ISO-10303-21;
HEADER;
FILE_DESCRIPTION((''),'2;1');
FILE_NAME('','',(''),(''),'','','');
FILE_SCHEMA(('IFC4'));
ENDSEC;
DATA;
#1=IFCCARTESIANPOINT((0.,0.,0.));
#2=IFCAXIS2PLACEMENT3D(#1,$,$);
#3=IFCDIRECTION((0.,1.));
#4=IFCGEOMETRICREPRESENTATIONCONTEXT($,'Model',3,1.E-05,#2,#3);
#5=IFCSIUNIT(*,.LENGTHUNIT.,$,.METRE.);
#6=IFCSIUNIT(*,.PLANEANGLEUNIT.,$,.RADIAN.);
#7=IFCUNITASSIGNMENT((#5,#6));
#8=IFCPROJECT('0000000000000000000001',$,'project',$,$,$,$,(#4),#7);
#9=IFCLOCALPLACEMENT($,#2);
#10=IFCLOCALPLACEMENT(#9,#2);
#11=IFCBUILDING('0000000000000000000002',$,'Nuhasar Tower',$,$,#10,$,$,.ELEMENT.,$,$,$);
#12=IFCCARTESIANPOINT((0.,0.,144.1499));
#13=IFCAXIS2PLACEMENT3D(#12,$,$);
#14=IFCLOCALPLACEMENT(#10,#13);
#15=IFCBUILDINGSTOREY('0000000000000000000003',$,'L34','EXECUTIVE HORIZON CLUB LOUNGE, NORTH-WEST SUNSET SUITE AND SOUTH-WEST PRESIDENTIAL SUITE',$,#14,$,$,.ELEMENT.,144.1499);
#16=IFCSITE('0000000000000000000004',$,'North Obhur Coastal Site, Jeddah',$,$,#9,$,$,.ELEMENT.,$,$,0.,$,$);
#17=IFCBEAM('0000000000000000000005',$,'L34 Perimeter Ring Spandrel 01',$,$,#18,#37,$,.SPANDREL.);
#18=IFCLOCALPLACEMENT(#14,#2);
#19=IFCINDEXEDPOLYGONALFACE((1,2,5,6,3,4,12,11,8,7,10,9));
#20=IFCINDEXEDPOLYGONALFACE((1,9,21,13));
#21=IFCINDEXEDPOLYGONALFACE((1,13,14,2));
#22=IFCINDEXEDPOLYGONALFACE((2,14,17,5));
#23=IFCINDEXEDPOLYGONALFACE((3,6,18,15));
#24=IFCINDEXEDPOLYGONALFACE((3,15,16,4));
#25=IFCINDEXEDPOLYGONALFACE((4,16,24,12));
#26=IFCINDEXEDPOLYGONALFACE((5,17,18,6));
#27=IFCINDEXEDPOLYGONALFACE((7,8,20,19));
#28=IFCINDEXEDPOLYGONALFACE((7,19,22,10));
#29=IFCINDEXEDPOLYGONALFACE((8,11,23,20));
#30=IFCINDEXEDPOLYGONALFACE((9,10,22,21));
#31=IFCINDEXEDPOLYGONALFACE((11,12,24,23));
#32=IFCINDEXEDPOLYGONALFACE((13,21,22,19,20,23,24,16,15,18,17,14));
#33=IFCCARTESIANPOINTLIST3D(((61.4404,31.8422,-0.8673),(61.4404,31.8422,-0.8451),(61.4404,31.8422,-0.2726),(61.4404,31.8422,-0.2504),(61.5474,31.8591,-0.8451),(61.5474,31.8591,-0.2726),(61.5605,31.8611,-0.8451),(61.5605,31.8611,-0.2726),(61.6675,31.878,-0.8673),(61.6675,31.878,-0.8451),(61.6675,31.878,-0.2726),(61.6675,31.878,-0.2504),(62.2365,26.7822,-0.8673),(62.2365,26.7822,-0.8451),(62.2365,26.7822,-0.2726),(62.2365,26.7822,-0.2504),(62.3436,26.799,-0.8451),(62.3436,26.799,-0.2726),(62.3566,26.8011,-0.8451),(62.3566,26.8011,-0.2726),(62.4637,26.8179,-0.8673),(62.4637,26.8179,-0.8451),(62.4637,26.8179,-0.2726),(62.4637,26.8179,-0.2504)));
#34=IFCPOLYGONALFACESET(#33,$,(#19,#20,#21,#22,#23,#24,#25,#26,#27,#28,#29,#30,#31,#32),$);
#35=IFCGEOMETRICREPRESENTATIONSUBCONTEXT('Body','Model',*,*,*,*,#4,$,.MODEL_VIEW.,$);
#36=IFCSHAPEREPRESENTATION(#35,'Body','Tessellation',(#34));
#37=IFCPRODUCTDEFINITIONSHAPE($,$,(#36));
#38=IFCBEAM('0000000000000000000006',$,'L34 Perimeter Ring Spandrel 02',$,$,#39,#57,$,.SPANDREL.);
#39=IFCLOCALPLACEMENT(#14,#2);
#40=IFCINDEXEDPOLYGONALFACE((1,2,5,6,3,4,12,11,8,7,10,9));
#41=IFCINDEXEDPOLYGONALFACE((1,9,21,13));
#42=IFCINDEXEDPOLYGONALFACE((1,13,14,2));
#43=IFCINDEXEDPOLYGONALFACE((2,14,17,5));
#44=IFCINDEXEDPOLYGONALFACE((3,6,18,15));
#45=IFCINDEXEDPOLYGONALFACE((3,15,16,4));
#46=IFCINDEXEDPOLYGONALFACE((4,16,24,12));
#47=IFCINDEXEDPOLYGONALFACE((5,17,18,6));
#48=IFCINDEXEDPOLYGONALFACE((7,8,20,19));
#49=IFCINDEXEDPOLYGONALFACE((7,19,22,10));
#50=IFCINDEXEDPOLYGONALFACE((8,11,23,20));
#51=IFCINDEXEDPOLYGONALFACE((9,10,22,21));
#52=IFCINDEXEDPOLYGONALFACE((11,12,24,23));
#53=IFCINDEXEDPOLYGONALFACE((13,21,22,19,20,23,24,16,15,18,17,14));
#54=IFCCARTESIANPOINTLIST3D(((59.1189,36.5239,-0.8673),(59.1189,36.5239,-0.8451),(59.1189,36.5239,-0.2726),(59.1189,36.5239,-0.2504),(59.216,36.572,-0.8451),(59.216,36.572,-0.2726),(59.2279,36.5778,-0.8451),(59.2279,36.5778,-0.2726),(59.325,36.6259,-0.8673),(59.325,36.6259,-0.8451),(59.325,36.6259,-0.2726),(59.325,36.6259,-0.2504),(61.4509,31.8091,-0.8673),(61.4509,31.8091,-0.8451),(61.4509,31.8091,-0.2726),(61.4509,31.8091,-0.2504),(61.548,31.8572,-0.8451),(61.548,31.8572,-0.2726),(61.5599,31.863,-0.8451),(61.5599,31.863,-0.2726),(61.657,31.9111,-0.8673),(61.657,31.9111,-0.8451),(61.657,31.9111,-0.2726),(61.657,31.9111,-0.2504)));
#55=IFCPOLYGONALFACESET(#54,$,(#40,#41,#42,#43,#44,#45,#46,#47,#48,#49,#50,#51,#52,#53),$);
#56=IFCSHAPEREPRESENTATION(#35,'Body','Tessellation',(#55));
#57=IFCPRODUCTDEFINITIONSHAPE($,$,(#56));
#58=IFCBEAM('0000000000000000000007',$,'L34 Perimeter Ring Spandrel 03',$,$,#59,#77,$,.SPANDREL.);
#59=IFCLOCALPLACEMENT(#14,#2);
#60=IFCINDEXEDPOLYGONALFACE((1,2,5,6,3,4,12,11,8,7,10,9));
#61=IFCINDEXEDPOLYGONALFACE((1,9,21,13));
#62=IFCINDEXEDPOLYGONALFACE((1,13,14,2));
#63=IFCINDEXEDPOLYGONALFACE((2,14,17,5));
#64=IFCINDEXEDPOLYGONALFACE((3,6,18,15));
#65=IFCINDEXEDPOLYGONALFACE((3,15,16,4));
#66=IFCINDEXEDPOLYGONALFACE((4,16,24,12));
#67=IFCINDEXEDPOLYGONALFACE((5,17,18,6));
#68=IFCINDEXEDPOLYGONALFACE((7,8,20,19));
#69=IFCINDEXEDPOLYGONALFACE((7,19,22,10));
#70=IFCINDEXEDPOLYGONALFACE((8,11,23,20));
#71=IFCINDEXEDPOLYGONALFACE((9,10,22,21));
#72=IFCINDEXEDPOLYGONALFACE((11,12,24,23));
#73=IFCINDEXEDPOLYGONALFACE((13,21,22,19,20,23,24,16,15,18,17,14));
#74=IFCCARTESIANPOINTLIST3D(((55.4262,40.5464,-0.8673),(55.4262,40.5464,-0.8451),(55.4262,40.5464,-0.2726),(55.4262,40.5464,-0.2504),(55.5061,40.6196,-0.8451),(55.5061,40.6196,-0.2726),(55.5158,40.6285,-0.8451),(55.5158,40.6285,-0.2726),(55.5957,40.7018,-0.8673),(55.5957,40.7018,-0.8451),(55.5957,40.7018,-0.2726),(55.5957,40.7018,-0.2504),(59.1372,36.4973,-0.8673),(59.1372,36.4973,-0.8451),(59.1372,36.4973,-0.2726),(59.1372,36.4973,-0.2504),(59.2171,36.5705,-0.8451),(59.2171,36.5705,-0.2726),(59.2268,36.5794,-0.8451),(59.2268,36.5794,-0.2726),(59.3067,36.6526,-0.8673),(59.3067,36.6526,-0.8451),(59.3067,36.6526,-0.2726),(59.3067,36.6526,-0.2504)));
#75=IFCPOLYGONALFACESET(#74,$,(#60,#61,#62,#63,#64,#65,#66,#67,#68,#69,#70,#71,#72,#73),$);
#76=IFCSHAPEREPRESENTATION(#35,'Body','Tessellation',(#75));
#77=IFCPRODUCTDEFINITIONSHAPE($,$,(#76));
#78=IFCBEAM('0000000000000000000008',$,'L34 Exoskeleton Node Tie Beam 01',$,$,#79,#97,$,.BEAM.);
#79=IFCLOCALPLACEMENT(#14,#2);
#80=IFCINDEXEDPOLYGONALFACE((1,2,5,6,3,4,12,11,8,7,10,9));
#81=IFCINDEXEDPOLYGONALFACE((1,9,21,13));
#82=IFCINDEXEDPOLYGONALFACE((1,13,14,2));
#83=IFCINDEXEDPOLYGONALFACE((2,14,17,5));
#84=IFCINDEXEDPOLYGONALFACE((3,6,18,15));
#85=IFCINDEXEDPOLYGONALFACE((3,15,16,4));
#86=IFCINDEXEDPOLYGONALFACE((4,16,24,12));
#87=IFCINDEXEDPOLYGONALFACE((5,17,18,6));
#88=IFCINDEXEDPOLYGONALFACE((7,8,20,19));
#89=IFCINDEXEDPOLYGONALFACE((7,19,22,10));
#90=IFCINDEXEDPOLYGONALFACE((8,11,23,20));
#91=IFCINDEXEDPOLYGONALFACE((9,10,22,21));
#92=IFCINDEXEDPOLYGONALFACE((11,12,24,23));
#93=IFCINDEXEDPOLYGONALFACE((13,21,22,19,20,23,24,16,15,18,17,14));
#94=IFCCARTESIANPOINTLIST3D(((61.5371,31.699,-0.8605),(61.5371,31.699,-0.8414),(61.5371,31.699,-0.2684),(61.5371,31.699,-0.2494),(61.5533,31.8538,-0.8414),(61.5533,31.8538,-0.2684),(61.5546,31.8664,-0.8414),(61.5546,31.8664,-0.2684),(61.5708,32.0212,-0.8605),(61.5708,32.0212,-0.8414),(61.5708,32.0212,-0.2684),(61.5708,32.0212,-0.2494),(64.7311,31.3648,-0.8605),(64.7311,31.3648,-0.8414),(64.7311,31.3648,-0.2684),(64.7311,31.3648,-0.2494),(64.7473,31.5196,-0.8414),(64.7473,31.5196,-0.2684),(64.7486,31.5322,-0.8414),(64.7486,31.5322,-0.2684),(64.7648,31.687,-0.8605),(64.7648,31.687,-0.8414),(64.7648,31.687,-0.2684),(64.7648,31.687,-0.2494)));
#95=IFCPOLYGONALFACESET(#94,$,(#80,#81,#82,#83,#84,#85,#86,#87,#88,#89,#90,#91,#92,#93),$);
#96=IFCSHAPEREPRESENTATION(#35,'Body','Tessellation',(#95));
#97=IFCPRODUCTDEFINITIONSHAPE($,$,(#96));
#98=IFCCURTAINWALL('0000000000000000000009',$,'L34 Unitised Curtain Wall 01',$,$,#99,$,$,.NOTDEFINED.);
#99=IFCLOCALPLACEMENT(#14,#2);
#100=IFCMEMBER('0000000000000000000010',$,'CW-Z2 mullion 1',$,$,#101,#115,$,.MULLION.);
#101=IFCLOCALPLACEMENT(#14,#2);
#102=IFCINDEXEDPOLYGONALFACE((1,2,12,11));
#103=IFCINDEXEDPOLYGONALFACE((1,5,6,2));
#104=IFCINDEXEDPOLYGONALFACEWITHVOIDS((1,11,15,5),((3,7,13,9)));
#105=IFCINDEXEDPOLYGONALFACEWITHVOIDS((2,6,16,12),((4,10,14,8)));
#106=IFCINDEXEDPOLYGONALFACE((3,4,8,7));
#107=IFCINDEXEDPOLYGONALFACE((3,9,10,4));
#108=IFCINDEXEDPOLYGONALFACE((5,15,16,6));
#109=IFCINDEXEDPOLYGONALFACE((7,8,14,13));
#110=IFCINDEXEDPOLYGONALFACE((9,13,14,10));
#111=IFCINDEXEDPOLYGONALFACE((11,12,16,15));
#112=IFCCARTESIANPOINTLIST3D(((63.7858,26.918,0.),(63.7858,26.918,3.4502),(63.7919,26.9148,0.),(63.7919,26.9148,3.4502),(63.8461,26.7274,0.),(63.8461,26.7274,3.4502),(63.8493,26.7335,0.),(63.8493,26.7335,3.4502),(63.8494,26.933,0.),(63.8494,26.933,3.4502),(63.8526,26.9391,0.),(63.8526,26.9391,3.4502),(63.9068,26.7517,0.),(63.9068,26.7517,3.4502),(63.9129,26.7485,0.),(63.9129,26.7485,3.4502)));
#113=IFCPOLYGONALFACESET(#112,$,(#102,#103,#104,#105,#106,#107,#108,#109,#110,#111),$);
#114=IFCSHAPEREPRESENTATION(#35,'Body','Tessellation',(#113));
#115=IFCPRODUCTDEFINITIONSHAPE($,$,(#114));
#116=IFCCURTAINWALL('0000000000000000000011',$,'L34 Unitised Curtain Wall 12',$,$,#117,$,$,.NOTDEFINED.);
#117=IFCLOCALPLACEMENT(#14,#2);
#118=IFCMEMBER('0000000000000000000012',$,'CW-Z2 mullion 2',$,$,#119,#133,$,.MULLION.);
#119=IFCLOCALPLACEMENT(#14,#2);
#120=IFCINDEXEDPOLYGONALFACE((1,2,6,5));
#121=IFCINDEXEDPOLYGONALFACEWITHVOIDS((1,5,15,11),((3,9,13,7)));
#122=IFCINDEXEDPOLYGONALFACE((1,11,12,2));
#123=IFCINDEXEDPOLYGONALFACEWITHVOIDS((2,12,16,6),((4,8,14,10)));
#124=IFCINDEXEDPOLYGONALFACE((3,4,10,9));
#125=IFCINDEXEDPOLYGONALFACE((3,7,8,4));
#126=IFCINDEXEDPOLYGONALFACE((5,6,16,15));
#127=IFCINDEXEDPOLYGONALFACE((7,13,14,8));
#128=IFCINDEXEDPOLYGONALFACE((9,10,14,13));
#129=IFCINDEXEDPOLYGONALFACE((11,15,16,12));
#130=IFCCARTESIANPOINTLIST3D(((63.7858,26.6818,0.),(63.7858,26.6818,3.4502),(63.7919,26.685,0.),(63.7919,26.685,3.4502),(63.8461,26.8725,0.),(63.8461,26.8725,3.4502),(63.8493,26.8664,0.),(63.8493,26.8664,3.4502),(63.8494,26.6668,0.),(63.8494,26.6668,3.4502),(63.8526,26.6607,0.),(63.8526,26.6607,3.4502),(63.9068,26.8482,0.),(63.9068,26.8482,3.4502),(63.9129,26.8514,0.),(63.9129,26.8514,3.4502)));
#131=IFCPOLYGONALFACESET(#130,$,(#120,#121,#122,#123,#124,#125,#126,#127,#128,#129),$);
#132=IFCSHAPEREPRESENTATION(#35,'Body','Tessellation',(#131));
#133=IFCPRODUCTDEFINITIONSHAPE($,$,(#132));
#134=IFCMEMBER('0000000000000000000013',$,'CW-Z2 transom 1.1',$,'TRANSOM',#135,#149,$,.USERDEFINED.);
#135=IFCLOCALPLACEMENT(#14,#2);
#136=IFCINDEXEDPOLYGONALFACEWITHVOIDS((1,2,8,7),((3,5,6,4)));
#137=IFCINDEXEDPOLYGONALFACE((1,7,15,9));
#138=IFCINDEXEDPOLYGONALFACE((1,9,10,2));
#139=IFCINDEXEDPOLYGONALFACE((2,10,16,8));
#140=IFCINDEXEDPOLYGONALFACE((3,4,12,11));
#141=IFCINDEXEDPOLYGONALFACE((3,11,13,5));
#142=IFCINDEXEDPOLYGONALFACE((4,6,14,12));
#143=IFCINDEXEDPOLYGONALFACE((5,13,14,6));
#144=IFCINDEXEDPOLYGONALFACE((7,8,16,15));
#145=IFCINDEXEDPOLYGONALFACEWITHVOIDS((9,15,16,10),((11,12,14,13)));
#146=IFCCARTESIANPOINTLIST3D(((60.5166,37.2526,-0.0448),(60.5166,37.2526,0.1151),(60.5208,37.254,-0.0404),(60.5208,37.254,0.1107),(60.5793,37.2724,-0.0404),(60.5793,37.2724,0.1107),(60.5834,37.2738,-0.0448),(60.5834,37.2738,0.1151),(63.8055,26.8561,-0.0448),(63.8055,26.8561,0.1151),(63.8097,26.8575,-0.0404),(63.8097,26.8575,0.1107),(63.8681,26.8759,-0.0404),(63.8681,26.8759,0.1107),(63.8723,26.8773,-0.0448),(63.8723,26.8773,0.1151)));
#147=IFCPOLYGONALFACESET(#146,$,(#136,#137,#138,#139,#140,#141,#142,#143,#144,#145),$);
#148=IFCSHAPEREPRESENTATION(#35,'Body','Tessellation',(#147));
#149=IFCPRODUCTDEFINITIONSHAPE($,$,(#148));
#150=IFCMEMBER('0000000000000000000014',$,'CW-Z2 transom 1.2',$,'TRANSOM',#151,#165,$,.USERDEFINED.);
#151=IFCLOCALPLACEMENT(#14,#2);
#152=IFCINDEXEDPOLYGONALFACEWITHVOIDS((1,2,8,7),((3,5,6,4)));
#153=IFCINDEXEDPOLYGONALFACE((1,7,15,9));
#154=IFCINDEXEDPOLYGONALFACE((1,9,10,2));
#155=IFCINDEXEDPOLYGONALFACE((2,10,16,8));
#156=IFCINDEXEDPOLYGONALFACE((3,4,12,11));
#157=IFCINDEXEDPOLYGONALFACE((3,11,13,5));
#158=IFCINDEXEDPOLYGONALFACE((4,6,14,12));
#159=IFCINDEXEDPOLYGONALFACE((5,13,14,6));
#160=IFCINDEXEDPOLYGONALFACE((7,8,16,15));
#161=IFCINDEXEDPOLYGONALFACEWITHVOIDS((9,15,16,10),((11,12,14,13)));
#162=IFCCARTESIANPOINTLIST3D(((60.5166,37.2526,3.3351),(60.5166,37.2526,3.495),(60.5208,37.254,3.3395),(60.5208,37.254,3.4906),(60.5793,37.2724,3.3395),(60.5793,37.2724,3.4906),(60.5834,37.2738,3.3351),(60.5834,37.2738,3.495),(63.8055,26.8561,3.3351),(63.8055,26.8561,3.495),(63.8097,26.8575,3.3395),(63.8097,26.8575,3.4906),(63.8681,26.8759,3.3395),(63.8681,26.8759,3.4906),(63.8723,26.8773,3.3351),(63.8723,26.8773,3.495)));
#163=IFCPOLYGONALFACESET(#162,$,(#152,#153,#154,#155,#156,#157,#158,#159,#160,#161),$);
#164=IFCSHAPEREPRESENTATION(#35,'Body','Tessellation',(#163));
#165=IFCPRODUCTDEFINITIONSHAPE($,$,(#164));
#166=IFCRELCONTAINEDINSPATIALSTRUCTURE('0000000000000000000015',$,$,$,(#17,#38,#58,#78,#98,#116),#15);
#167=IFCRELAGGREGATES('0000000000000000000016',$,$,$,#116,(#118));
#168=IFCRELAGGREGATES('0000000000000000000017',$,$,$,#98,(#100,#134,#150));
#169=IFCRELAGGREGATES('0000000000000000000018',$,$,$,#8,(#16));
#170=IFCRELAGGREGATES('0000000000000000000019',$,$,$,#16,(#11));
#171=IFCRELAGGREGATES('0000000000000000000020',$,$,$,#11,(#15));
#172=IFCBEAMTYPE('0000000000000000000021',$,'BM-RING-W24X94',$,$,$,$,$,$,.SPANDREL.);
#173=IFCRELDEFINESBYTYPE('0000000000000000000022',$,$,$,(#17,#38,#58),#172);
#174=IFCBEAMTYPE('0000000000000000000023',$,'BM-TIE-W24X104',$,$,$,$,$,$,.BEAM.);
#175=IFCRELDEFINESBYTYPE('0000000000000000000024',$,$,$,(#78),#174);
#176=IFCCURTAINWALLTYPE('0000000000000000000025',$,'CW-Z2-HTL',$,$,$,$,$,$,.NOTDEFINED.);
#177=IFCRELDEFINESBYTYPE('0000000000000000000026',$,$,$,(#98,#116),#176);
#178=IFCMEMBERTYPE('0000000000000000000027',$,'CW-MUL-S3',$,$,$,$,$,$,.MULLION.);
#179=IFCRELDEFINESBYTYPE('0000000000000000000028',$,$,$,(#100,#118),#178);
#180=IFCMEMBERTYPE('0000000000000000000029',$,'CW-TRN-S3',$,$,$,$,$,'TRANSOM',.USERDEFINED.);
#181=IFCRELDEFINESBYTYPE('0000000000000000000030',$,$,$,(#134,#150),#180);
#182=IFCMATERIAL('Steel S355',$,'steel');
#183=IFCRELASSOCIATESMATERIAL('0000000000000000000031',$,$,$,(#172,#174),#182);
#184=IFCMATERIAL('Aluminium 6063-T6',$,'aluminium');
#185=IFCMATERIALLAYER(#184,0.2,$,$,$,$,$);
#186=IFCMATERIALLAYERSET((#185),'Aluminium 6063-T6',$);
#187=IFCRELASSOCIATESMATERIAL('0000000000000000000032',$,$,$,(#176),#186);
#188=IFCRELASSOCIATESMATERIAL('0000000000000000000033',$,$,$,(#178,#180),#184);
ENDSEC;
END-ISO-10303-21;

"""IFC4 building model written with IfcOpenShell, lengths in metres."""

from ifc_helpers import new_model, si_unit, direction, frame, origin, origin_2d, place, context, subcontext, project, spatial, hollow_rectangle, i_section, extrude, material, layer, layer_set, material_profile, profile_set, type_object, element, aggregate, save


model = new_model("IFC4")

# Units and contexts
model_context = context("Model", 3, precision=1e-05, world=origin(), true_north=direction((0.0, 1.0)))
body_context = subcontext(model_context, "Body", "Model", "MODEL_VIEW")
ifc_project = project(units=[si_unit("LENGTHUNIT", "METRE"), si_unit("PLANEANGLEUNIT", "RADIAN")], contexts=[model_context])

# Site, building, storey
site_placement = place(None, origin())
site = spatial("IfcSite", under=ifc_project, at=site_placement, Name="North Obhur Coastal Site, Jeddah", CompositionType="ELEMENT", RefElevation=0.0)
building_placement = place(site_placement, origin())
building = spatial("IfcBuilding", under=site, at=building_placement, Name="Nuhasar Tower", CompositionType="ELEMENT")
storey_placement = place(building_placement, frame((0.0, 0.0, 144.1499)))
storey = spatial("IfcBuildingStorey", under=building, at=storey_placement, Name="L34", Description="EXECUTIVE HORIZON CLUB LOUNGE, NORTH-WEST SUNSET SUITE AND SOUTH-WEST PRESIDENTIAL SUITE", CompositionType="ELEMENT", Elevation=144.1499)

# Beams
ifc_material_1 = material(Name="Steel S355", Category="steel")
ifc_material_profile_1 = material_profile(ifc_material_1, i_section(OverallWidth=0.23, OverallDepth=0.6169, WebThickness=0.0132, FlangeThickness=0.0222, at=origin_2d()), Name="W24X94")
ifc_profile_set_1 = profile_set([ifc_material_profile_1], Name="Steel S355")
beam_type_1 = type_object("IfcBeamType", Name="BM-RING-W24X94", PredefinedType="SPANDREL", material=ifc_profile_set_1)
beam_1_placement = place(storey_placement, frame((62.3501, 26.8, -0.5588), z_axis=(-0.155427, 0.987847, 0.0), x_axis=(-0.987847, -0.155427, 0.0)))
element("IfcBeam", 1, at=beam_1_placement, inside=storey, type_object=beam_type_1, Name="L34 Perimeter Ring Spandrel 01", PredefinedType="SPANDREL", context=body_context, shape_type="SweptSolid", body=[
    extrude(i_section(OverallWidth=0.23, OverallDepth=0.6169, WebThickness=0.0132, FlangeThickness=0.0222, at=origin_2d()), origin(), (0.0, 0.0, 1.0), 5.1223),
])
beam_2_placement = place(storey_placement, frame((61.554, 31.8601, -0.5588), z_axis=(-0.443348, 0.89635, 0.0), x_axis=(-0.89635, -0.443348, 0.0)))
element("IfcBeam", 2, at=beam_2_placement, inside=storey, type_object=beam_type_1, Name="L34 Perimeter Ring Spandrel 02", PredefinedType="SPANDREL", context=body_context, shape_type="SweptSolid", body=[
    extrude(i_section(OverallWidth=0.23, OverallDepth=0.6169, WebThickness=0.0132, FlangeThickness=0.0222, at=origin_2d()), origin(), (0.0, 0.0, 1.0), 5.26),
])
beam_3_placement = place(storey_placement, frame((59.2219, 36.575, -0.5588), z_axis=(-0.675654, 0.737219, 0.0), x_axis=(-0.737219, -0.675654, 0.0)))
element("IfcBeam", 3, at=beam_3_placement, inside=storey, type_object=beam_type_1, Name="L34 Perimeter Ring Spandrel 03", PredefinedType="SPANDREL", context=body_context, shape_type="SweptSolid", body=[
    extrude(i_section(OverallWidth=0.23, OverallDepth=0.6169, WebThickness=0.0132, FlangeThickness=0.0222, at=origin_2d()), origin(), (0.0, 0.0, 1.0), 5.4924),
])
ifc_material_profile_2 = material_profile(ifc_material_1, i_section(OverallWidth=0.324, OverallDepth=0.6111, WebThickness=0.0127, FlangeThickness=0.019, at=origin_2d()), Name="W24X104")
ifc_profile_set_2 = profile_set([ifc_material_profile_2], Name="Steel S355")
beam_type_2 = type_object("IfcBeamType", Name="BM-TIE-W24X104", PredefinedType="BEAM", material=ifc_profile_set_2)
beam_4_placement = place(storey_placement, frame((61.554, 31.8601, -0.5549), z_axis=(0.99457, -0.104071, 0.0), x_axis=(0.104071, 0.99457, 0.0)))
element("IfcBeam", 4, at=beam_4_placement, inside=storey, type_object=beam_type_2, Name="L34 Exoskeleton Node Tie Beam 01", PredefinedType="BEAM", context=body_context, shape_type="SweptSolid", body=[
    extrude(i_section(OverallWidth=0.324, OverallDepth=0.6111, WebThickness=0.0127, FlangeThickness=0.019, at=origin_2d()), origin(), (0.0, 0.0, 1.0), 3.2114),
])

# Curtain walls, members
ifc_material_2 = material(Name="Aluminium 6063-T6", Category="aluminium")
ifc_layer_1 = layer(ifc_material_2, 0.2)
ifc_layer_set_1 = layer_set([ifc_layer_1], Name="Aluminium 6063-T6")
curtain_wall_type = type_object("IfcCurtainWallType", Name="CW-Z2-HTL", PredefinedType="NOTDEFINED", material=ifc_layer_set_1)
curtain_wall_1_placement = place(storey_placement, origin())
curtain_wall_1 = element("IfcCurtainWall", 5, at=curtain_wall_1_placement, inside=storey, type_object=curtain_wall_type, Name="L34 Unitised Curtain Wall 01", PredefinedType="NOTDEFINED")
ifc_material_profile_3 = material_profile(ifc_material_2, hollow_rectangle(XDim=0.0701, YDim=0.2, WallThickness=0.0049, at=origin_2d()), Name="CWM-3")
ifc_profile_set_3 = profile_set([ifc_material_profile_3], Name="Aluminium 6063-T6")
member_type_1 = type_object("IfcMemberType", Name="CW-MUL-S3", PredefinedType="MULLION", material=ifc_profile_set_3)
member_1_placement = place(storey_placement, frame((63.8494, 26.8333, 0.0), z_axis=(0.0, 0.0, 1.0), x_axis=(-0.953433, -0.301604, 0.0)))
member_1 = element("IfcMember", 6, at=member_1_placement, type_object=member_type_1, Name="CW-Z2 mullion 1", PredefinedType="MULLION", context=body_context, shape_type="SweptSolid", body=[
    extrude(hollow_rectangle(XDim=0.0701, YDim=0.2, WallThickness=0.0049, at=origin_2d()), origin(), (0.0, 0.0, 1.0), 3.4502),
])
curtain_wall_2_placement = place(storey_placement, origin())
curtain_wall_2 = element("IfcCurtainWall", 7, at=curtain_wall_2_placement, inside=storey, type_object=curtain_wall_type, Name="L34 Unitised Curtain Wall 12", PredefinedType="NOTDEFINED")
member_2_placement = place(storey_placement, frame((63.8494, 26.7666, 0.0), z_axis=(0.0, 0.0, 1.0), x_axis=(-0.953433, 0.301604, 0.0)))
member_2 = element("IfcMember", 8, at=member_2_placement, type_object=member_type_1, Name="CW-Z2 mullion 2", PredefinedType="MULLION", context=body_context, shape_type="SweptSolid", body=[
    extrude(hollow_rectangle(XDim=0.0701, YDim=0.2, WallThickness=0.0049, at=origin_2d()), origin(), (0.0, 0.0, 1.0), 3.4502),
])
aggregate(curtain_wall_2, [member_2])

# Members
ifc_material_profile_4 = material_profile(ifc_material_2, hollow_rectangle(XDim=0.0701, YDim=0.1599, WallThickness=0.0044, at=origin_2d()), Name="CWT-3")
ifc_profile_set_4 = profile_set([ifc_material_profile_4], Name="Aluminium 6063-T6")
member_type_2 = type_object("IfcMemberType", Name="CW-TRN-S3", ElementType="TRANSOM", PredefinedType="USERDEFINED", material=ifc_profile_set_4)
member_3_placement = place(storey_placement, frame((63.8389, 26.8667, 0.0352), z_axis=(-0.301608, 0.953432, 0.0), x_axis=(-0.953432, -0.301608, 0.0)))
member_3 = element("IfcMember", 9, at=member_3_placement, type_object=member_type_2, Name="CW-Z2 transom 1.1", ObjectType="TRANSOM", PredefinedType="USERDEFINED", context=body_context, shape_type="SweptSolid", body=[
    extrude(hollow_rectangle(XDim=0.0701, YDim=0.1599, WallThickness=0.0044, at=origin_2d()), origin(), (0.0, 0.0, 1.0), 10.9043),
])
member_4_placement = place(storey_placement, frame((63.8389, 26.8667, 3.415), z_axis=(-0.301608, 0.953432, 0.0), x_axis=(-0.953432, -0.301608, 0.0)))
member_4 = element("IfcMember", 10, at=member_4_placement, type_object=member_type_2, Name="CW-Z2 transom 1.2", ObjectType="TRANSOM", PredefinedType="USERDEFINED", context=body_context, shape_type="SweptSolid", body=[
    extrude(hollow_rectangle(XDim=0.0701, YDim=0.1599, WallThickness=0.0044, at=origin_2d()), origin(), (0.0, 0.0, 1.0), 10.9043),
])

aggregate(curtain_wall_1, [member_1, member_3, member_4])

save(model, "model.ifc")
